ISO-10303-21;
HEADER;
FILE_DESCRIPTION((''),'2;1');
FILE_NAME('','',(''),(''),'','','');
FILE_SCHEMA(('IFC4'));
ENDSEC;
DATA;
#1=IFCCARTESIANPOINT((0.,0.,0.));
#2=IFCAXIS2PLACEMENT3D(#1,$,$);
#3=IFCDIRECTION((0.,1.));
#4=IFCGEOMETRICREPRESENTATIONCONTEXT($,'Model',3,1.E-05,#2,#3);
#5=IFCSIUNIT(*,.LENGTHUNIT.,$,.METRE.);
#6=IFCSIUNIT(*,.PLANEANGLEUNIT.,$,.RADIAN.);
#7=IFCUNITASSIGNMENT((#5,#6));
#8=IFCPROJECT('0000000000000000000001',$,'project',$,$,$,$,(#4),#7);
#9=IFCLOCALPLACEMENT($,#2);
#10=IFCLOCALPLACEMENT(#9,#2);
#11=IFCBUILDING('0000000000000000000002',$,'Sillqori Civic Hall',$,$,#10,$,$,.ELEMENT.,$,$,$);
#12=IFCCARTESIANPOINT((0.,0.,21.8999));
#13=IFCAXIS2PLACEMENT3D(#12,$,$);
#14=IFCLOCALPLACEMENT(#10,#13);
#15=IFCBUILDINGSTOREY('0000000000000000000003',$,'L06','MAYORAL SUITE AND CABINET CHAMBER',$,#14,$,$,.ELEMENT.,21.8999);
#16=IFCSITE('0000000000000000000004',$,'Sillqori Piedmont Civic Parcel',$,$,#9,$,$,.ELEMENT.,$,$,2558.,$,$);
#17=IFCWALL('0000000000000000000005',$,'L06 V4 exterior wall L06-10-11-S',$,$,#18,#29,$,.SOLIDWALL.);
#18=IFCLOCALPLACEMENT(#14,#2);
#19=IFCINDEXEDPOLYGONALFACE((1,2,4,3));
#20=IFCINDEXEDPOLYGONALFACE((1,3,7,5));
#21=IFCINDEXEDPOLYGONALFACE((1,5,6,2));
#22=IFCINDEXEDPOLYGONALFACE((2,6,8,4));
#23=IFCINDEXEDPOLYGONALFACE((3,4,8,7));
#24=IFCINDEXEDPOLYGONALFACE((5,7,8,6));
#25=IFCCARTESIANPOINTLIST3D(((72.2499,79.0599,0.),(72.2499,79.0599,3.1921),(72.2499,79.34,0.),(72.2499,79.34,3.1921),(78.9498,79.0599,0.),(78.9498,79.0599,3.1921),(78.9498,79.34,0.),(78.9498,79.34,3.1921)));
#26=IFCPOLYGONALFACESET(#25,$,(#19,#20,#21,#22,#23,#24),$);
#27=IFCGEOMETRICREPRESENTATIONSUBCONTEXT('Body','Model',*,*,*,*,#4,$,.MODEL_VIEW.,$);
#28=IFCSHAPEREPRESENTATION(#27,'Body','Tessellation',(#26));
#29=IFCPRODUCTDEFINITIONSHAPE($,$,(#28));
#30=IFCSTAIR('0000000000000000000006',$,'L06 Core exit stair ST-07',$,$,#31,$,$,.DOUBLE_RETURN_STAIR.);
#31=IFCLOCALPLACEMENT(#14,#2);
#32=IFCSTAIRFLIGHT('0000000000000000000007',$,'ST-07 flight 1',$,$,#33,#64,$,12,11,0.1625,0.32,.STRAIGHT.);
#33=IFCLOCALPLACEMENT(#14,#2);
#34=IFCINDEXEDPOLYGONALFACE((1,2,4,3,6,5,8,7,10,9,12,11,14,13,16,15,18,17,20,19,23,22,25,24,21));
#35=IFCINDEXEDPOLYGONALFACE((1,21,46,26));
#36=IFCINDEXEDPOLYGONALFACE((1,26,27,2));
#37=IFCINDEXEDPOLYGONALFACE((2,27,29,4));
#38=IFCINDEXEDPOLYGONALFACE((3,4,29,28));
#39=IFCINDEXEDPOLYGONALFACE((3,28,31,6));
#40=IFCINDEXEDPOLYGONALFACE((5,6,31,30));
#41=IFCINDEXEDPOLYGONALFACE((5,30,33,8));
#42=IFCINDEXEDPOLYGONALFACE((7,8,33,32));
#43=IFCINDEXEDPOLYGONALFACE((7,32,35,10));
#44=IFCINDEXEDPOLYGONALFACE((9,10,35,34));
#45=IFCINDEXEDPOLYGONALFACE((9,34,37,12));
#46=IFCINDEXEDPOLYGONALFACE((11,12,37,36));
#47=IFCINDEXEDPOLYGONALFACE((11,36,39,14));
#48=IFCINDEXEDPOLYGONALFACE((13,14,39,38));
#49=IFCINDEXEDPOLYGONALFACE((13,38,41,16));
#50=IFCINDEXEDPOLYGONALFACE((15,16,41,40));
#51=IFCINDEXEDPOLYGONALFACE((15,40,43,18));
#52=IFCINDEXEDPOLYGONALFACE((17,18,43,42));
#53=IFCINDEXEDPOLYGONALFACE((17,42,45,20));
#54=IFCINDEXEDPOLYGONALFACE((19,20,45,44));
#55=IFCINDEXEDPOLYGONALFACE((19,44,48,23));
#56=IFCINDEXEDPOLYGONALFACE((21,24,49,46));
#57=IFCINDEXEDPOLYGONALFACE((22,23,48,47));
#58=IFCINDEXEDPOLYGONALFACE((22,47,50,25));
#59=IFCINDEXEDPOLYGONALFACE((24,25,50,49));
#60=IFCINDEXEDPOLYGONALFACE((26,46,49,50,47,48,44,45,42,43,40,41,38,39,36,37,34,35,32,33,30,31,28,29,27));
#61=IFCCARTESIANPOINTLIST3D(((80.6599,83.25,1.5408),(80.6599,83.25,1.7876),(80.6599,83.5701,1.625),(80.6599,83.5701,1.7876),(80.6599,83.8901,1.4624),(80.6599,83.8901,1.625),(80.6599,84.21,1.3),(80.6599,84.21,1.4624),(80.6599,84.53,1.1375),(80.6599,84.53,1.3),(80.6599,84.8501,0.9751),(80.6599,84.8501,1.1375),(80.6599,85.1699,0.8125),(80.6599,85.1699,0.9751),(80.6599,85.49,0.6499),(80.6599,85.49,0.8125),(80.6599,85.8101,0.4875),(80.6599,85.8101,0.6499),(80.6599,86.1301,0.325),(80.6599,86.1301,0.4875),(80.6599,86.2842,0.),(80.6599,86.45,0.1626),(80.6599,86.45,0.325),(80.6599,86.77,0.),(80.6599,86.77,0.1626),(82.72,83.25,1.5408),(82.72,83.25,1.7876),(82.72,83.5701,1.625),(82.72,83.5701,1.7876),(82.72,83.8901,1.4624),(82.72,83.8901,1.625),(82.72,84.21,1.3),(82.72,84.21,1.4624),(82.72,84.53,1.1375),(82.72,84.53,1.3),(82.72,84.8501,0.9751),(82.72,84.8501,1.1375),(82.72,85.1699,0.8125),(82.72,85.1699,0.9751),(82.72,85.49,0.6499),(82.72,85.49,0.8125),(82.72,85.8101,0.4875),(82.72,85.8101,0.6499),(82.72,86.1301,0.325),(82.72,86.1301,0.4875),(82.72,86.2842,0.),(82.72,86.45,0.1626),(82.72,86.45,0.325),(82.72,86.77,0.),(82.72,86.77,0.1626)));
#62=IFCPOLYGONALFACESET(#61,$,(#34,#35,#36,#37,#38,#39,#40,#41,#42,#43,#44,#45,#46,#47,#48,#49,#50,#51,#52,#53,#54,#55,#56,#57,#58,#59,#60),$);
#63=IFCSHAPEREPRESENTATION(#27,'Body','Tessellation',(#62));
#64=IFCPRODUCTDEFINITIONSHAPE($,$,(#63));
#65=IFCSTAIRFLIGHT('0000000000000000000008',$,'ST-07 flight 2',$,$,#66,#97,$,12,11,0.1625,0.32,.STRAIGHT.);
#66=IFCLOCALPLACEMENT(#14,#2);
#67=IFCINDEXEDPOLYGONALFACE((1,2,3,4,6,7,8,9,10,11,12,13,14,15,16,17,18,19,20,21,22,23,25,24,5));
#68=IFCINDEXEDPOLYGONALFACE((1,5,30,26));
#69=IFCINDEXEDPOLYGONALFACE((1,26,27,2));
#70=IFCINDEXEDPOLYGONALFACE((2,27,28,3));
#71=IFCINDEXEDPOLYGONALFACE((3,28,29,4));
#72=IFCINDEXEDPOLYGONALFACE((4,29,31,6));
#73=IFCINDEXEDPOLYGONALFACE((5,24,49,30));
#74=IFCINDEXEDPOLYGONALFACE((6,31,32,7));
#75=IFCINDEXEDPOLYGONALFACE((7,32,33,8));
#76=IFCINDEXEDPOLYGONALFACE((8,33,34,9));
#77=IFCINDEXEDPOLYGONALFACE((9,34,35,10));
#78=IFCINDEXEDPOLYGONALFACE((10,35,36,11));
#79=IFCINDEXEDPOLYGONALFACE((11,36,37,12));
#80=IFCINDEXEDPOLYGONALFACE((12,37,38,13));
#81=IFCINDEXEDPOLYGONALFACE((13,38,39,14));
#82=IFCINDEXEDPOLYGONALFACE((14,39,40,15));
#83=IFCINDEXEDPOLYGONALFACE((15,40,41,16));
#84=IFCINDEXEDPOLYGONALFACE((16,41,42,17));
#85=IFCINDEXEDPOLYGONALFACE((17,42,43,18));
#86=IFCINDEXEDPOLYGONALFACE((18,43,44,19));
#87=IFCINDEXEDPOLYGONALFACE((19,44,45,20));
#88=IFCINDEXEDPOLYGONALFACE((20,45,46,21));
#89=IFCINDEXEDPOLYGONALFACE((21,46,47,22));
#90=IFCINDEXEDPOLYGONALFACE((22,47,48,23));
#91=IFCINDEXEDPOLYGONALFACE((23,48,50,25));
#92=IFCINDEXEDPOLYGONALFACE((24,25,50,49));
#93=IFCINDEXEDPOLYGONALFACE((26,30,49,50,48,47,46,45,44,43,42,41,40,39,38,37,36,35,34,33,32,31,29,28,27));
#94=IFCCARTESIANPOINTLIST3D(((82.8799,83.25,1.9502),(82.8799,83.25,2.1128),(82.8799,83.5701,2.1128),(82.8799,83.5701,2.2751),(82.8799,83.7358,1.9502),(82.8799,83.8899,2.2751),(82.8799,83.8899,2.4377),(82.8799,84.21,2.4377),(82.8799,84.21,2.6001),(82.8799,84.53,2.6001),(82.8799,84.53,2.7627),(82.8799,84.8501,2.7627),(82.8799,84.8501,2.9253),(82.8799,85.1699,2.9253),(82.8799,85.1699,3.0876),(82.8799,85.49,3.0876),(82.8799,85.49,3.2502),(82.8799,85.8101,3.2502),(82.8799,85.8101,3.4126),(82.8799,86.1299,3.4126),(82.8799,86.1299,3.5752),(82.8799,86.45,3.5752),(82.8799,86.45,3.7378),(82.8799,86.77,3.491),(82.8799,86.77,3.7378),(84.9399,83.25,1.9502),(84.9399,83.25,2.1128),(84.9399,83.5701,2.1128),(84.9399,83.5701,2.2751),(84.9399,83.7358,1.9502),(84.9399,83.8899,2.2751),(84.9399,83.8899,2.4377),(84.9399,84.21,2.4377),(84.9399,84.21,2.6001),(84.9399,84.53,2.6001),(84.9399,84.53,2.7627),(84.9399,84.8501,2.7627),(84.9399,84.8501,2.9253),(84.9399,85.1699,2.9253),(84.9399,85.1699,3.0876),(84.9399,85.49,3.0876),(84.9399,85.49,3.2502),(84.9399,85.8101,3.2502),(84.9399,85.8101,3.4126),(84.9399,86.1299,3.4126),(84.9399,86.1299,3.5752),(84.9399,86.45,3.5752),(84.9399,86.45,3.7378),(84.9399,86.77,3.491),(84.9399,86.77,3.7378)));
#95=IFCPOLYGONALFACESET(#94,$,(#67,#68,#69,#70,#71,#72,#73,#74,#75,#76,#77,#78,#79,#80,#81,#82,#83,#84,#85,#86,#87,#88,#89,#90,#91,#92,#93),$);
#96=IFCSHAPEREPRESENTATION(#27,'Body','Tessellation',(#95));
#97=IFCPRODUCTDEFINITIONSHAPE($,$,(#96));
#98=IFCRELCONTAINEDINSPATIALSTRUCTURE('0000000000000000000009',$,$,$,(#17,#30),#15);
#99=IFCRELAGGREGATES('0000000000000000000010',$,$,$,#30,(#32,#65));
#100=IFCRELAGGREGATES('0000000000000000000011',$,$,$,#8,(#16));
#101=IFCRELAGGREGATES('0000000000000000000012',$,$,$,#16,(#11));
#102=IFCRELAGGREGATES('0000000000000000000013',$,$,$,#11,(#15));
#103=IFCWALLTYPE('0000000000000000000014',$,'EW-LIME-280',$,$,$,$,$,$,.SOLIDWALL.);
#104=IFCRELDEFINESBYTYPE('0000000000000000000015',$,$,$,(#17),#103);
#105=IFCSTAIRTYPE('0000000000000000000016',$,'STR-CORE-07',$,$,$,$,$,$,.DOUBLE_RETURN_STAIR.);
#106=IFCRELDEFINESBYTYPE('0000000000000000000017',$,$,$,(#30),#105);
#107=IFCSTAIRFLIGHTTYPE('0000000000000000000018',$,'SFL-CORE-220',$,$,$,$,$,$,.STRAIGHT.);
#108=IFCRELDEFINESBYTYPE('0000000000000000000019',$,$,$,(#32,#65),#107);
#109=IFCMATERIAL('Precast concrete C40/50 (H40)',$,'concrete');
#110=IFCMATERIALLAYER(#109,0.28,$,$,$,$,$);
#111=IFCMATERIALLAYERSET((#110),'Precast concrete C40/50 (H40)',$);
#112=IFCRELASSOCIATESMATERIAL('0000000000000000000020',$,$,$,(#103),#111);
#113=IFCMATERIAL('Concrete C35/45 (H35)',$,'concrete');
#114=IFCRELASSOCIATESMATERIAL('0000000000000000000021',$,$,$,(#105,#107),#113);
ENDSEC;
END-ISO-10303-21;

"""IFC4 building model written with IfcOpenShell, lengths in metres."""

from ifc_helpers import new_model, si_unit, direction, frame, frame_2d, origin, place, context, subcontext, project, spatial, polyline, rectangle, outline, extrude, material, layer, layer_set, type_object, element, aggregate, save


model = new_model("IFC4")

# Units and contexts
model_context = context("Model", 3, precision=1e-05, world=origin(), true_north=direction((0.0, 1.0)))
body_context = subcontext(model_context, "Body", "Model", "MODEL_VIEW")
ifc_project = project(units=[si_unit("LENGTHUNIT", "METRE"), si_unit("PLANEANGLEUNIT", "RADIAN")], contexts=[model_context])

# Site, building, storey
site_placement = place(None, origin())
site = spatial("IfcSite", under=ifc_project, at=site_placement, Name="Sillqori Piedmont Civic Parcel", CompositionType="ELEMENT", RefElevation=2558.0)
building_placement = place(site_placement, origin())
building = spatial("IfcBuilding", under=site, at=building_placement, Name="Sillqori Civic Hall", CompositionType="ELEMENT")
storey_placement = place(building_placement, frame((0.0, 0.0, 21.8999)))
storey = spatial("IfcBuildingStorey", under=building, at=storey_placement, Name="L06", Description="MAYORAL SUITE AND CABINET CHAMBER", CompositionType="ELEMENT", Elevation=21.8999)

# Shared definitions
ifc_material_1 = material(Name="Concrete C35/45 (H35)", Category="concrete")

# Wall
ifc_material_2 = material(Name="Precast concrete C40/50 (H40)", Category="concrete")
ifc_layer_1 = layer(ifc_material_2, 0.28)
ifc_layer_set_1 = layer_set([ifc_layer_1], Name="Precast concrete C40/50 (H40)")
wall_type_1 = type_object("IfcWallType", Name="EW-LIME-280", PredefinedType="SOLIDWALL", material=ifc_layer_set_1)
wall_1_placement = place(storey_placement, frame((78.95, 79.2, 0.0), z_axis=(0.0, 0.0, 1.0), x_axis=(-1.0, 0.0, 0.0)))
element("IfcWall", 1, at=wall_1_placement, inside=storey, type_object=wall_type_1, Name="L06 V4 exterior wall L06-10-11-S", PredefinedType="SOLIDWALL", context=body_context, shape_type="SweptSolid", body=[
    extrude(rectangle(XDim=6.7, YDim=0.28, at=frame_2d((3.3501, 0.0))), origin(), (0.0, 0.0, 1.0), 3.1921),
])

# Stair, stair flights
stair_type = type_object("IfcStairType", Name="STR-CORE-07", PredefinedType="DOUBLE_RETURN_STAIR", material=ifc_material_1)
stair_placement = place(storey_placement, origin())
stair = element("IfcStair", 2, at=stair_placement, inside=storey, type_object=stair_type, Name="L06 Core exit stair ST-07", PredefinedType="DOUBLE_RETURN_STAIR")
stair_flight_type = type_object("IfcStairFlightType", Name="SFL-CORE-220", PredefinedType="STRAIGHT", material=ifc_material_1)
stair_flight_1_placement = place(storey_placement, frame((81.6899, 86.77, 0.0), z_axis=(0.0, 0.0, 1.0), x_axis=(0.0, -1.0, 0.0)))
stair_flight_1 = element("IfcStairFlight", 3, at=stair_flight_1_placement, type_object=stair_flight_type, Name="ST-07 flight 1", NumberOfRisers=12, NumberOfTreads=11, PredefinedType="STRAIGHT", RiserHeight=0.1625, TreadLength=0.32, context=body_context, shape_type="SweptSolid", body=[
    extrude(outline(polyline([(0.0, 0.0), (0.0, 0.1626), (0.3201, 0.1626), (0.3201, 0.325), (0.6399, 0.325), (0.6399, 0.4875), (0.96, 0.4875), (0.96, 0.6499), (1.28, 0.6499), (1.28, 0.8125), (1.6001, 0.8125), (1.6001, 0.9751), (1.9199, 0.9751), (1.9199, 1.1375), (2.24, 1.1375), (2.24, 1.3), (2.5601, 1.3), (2.5601, 1.4624), (2.8799, 1.4624), (2.8799, 1.625), (3.2, 1.625), (3.2, 1.7876), (3.52, 1.7876), (3.52, 1.95), (3.52, 1.5408), (0.4858, 0.0), (0.0, 0.0)])), frame((0.0, 1.03, 0.0), z_axis=(0.0, -1.0, 0.0), x_axis=(1.0, 0.0, 0.0)), (0.0, 0.0, 1.0), 2.0601),
])
stair_flight_2_placement = place(storey_placement, frame((83.9099, 83.25, 1.9502), z_axis=(0.0, 0.0, 1.0), x_axis=(0.0, 1.0, 0.0)))
stair_flight_2 = element("IfcStairFlight", 4, at=stair_flight_2_placement, type_object=stair_flight_type, Name="ST-07 flight 2", NumberOfRisers=12, NumberOfTreads=11, PredefinedType="STRAIGHT", RiserHeight=0.1625, TreadLength=0.32, context=body_context, shape_type="SweptSolid", body=[
    extrude(outline(polyline([(0.0, 0.0), (0.0, 0.1626), (0.3201, 0.1626), (0.3201, 0.325), (0.6399, 0.325), (0.6399, 0.4875), (0.96, 0.4875), (0.96, 0.6499), (1.28, 0.6499), (1.28, 0.8125), (1.6001, 0.8125), (1.6001, 0.9751), (1.9199, 0.9751), (1.9199, 1.1375), (2.24, 1.1375), (2.24, 1.3), (2.5601, 1.3), (2.5601, 1.4624), (2.8799, 1.4624), (2.8799, 1.625), (3.2, 1.625), (3.2, 1.7876), (3.52, 1.7876), (3.52, 1.95), (3.52, 1.5408), (0.4858, 0.0), (0.0, 0.0)])), frame((0.0, 1.03, 0.0), z_axis=(0.0, -1.0, 0.0), x_axis=(1.0, 0.0, 0.0)), (0.0, 0.0, 1.0), 2.0601),
])
aggregate(stair, [stair_flight_1, stair_flight_2])

save(model, "model.ifc")
